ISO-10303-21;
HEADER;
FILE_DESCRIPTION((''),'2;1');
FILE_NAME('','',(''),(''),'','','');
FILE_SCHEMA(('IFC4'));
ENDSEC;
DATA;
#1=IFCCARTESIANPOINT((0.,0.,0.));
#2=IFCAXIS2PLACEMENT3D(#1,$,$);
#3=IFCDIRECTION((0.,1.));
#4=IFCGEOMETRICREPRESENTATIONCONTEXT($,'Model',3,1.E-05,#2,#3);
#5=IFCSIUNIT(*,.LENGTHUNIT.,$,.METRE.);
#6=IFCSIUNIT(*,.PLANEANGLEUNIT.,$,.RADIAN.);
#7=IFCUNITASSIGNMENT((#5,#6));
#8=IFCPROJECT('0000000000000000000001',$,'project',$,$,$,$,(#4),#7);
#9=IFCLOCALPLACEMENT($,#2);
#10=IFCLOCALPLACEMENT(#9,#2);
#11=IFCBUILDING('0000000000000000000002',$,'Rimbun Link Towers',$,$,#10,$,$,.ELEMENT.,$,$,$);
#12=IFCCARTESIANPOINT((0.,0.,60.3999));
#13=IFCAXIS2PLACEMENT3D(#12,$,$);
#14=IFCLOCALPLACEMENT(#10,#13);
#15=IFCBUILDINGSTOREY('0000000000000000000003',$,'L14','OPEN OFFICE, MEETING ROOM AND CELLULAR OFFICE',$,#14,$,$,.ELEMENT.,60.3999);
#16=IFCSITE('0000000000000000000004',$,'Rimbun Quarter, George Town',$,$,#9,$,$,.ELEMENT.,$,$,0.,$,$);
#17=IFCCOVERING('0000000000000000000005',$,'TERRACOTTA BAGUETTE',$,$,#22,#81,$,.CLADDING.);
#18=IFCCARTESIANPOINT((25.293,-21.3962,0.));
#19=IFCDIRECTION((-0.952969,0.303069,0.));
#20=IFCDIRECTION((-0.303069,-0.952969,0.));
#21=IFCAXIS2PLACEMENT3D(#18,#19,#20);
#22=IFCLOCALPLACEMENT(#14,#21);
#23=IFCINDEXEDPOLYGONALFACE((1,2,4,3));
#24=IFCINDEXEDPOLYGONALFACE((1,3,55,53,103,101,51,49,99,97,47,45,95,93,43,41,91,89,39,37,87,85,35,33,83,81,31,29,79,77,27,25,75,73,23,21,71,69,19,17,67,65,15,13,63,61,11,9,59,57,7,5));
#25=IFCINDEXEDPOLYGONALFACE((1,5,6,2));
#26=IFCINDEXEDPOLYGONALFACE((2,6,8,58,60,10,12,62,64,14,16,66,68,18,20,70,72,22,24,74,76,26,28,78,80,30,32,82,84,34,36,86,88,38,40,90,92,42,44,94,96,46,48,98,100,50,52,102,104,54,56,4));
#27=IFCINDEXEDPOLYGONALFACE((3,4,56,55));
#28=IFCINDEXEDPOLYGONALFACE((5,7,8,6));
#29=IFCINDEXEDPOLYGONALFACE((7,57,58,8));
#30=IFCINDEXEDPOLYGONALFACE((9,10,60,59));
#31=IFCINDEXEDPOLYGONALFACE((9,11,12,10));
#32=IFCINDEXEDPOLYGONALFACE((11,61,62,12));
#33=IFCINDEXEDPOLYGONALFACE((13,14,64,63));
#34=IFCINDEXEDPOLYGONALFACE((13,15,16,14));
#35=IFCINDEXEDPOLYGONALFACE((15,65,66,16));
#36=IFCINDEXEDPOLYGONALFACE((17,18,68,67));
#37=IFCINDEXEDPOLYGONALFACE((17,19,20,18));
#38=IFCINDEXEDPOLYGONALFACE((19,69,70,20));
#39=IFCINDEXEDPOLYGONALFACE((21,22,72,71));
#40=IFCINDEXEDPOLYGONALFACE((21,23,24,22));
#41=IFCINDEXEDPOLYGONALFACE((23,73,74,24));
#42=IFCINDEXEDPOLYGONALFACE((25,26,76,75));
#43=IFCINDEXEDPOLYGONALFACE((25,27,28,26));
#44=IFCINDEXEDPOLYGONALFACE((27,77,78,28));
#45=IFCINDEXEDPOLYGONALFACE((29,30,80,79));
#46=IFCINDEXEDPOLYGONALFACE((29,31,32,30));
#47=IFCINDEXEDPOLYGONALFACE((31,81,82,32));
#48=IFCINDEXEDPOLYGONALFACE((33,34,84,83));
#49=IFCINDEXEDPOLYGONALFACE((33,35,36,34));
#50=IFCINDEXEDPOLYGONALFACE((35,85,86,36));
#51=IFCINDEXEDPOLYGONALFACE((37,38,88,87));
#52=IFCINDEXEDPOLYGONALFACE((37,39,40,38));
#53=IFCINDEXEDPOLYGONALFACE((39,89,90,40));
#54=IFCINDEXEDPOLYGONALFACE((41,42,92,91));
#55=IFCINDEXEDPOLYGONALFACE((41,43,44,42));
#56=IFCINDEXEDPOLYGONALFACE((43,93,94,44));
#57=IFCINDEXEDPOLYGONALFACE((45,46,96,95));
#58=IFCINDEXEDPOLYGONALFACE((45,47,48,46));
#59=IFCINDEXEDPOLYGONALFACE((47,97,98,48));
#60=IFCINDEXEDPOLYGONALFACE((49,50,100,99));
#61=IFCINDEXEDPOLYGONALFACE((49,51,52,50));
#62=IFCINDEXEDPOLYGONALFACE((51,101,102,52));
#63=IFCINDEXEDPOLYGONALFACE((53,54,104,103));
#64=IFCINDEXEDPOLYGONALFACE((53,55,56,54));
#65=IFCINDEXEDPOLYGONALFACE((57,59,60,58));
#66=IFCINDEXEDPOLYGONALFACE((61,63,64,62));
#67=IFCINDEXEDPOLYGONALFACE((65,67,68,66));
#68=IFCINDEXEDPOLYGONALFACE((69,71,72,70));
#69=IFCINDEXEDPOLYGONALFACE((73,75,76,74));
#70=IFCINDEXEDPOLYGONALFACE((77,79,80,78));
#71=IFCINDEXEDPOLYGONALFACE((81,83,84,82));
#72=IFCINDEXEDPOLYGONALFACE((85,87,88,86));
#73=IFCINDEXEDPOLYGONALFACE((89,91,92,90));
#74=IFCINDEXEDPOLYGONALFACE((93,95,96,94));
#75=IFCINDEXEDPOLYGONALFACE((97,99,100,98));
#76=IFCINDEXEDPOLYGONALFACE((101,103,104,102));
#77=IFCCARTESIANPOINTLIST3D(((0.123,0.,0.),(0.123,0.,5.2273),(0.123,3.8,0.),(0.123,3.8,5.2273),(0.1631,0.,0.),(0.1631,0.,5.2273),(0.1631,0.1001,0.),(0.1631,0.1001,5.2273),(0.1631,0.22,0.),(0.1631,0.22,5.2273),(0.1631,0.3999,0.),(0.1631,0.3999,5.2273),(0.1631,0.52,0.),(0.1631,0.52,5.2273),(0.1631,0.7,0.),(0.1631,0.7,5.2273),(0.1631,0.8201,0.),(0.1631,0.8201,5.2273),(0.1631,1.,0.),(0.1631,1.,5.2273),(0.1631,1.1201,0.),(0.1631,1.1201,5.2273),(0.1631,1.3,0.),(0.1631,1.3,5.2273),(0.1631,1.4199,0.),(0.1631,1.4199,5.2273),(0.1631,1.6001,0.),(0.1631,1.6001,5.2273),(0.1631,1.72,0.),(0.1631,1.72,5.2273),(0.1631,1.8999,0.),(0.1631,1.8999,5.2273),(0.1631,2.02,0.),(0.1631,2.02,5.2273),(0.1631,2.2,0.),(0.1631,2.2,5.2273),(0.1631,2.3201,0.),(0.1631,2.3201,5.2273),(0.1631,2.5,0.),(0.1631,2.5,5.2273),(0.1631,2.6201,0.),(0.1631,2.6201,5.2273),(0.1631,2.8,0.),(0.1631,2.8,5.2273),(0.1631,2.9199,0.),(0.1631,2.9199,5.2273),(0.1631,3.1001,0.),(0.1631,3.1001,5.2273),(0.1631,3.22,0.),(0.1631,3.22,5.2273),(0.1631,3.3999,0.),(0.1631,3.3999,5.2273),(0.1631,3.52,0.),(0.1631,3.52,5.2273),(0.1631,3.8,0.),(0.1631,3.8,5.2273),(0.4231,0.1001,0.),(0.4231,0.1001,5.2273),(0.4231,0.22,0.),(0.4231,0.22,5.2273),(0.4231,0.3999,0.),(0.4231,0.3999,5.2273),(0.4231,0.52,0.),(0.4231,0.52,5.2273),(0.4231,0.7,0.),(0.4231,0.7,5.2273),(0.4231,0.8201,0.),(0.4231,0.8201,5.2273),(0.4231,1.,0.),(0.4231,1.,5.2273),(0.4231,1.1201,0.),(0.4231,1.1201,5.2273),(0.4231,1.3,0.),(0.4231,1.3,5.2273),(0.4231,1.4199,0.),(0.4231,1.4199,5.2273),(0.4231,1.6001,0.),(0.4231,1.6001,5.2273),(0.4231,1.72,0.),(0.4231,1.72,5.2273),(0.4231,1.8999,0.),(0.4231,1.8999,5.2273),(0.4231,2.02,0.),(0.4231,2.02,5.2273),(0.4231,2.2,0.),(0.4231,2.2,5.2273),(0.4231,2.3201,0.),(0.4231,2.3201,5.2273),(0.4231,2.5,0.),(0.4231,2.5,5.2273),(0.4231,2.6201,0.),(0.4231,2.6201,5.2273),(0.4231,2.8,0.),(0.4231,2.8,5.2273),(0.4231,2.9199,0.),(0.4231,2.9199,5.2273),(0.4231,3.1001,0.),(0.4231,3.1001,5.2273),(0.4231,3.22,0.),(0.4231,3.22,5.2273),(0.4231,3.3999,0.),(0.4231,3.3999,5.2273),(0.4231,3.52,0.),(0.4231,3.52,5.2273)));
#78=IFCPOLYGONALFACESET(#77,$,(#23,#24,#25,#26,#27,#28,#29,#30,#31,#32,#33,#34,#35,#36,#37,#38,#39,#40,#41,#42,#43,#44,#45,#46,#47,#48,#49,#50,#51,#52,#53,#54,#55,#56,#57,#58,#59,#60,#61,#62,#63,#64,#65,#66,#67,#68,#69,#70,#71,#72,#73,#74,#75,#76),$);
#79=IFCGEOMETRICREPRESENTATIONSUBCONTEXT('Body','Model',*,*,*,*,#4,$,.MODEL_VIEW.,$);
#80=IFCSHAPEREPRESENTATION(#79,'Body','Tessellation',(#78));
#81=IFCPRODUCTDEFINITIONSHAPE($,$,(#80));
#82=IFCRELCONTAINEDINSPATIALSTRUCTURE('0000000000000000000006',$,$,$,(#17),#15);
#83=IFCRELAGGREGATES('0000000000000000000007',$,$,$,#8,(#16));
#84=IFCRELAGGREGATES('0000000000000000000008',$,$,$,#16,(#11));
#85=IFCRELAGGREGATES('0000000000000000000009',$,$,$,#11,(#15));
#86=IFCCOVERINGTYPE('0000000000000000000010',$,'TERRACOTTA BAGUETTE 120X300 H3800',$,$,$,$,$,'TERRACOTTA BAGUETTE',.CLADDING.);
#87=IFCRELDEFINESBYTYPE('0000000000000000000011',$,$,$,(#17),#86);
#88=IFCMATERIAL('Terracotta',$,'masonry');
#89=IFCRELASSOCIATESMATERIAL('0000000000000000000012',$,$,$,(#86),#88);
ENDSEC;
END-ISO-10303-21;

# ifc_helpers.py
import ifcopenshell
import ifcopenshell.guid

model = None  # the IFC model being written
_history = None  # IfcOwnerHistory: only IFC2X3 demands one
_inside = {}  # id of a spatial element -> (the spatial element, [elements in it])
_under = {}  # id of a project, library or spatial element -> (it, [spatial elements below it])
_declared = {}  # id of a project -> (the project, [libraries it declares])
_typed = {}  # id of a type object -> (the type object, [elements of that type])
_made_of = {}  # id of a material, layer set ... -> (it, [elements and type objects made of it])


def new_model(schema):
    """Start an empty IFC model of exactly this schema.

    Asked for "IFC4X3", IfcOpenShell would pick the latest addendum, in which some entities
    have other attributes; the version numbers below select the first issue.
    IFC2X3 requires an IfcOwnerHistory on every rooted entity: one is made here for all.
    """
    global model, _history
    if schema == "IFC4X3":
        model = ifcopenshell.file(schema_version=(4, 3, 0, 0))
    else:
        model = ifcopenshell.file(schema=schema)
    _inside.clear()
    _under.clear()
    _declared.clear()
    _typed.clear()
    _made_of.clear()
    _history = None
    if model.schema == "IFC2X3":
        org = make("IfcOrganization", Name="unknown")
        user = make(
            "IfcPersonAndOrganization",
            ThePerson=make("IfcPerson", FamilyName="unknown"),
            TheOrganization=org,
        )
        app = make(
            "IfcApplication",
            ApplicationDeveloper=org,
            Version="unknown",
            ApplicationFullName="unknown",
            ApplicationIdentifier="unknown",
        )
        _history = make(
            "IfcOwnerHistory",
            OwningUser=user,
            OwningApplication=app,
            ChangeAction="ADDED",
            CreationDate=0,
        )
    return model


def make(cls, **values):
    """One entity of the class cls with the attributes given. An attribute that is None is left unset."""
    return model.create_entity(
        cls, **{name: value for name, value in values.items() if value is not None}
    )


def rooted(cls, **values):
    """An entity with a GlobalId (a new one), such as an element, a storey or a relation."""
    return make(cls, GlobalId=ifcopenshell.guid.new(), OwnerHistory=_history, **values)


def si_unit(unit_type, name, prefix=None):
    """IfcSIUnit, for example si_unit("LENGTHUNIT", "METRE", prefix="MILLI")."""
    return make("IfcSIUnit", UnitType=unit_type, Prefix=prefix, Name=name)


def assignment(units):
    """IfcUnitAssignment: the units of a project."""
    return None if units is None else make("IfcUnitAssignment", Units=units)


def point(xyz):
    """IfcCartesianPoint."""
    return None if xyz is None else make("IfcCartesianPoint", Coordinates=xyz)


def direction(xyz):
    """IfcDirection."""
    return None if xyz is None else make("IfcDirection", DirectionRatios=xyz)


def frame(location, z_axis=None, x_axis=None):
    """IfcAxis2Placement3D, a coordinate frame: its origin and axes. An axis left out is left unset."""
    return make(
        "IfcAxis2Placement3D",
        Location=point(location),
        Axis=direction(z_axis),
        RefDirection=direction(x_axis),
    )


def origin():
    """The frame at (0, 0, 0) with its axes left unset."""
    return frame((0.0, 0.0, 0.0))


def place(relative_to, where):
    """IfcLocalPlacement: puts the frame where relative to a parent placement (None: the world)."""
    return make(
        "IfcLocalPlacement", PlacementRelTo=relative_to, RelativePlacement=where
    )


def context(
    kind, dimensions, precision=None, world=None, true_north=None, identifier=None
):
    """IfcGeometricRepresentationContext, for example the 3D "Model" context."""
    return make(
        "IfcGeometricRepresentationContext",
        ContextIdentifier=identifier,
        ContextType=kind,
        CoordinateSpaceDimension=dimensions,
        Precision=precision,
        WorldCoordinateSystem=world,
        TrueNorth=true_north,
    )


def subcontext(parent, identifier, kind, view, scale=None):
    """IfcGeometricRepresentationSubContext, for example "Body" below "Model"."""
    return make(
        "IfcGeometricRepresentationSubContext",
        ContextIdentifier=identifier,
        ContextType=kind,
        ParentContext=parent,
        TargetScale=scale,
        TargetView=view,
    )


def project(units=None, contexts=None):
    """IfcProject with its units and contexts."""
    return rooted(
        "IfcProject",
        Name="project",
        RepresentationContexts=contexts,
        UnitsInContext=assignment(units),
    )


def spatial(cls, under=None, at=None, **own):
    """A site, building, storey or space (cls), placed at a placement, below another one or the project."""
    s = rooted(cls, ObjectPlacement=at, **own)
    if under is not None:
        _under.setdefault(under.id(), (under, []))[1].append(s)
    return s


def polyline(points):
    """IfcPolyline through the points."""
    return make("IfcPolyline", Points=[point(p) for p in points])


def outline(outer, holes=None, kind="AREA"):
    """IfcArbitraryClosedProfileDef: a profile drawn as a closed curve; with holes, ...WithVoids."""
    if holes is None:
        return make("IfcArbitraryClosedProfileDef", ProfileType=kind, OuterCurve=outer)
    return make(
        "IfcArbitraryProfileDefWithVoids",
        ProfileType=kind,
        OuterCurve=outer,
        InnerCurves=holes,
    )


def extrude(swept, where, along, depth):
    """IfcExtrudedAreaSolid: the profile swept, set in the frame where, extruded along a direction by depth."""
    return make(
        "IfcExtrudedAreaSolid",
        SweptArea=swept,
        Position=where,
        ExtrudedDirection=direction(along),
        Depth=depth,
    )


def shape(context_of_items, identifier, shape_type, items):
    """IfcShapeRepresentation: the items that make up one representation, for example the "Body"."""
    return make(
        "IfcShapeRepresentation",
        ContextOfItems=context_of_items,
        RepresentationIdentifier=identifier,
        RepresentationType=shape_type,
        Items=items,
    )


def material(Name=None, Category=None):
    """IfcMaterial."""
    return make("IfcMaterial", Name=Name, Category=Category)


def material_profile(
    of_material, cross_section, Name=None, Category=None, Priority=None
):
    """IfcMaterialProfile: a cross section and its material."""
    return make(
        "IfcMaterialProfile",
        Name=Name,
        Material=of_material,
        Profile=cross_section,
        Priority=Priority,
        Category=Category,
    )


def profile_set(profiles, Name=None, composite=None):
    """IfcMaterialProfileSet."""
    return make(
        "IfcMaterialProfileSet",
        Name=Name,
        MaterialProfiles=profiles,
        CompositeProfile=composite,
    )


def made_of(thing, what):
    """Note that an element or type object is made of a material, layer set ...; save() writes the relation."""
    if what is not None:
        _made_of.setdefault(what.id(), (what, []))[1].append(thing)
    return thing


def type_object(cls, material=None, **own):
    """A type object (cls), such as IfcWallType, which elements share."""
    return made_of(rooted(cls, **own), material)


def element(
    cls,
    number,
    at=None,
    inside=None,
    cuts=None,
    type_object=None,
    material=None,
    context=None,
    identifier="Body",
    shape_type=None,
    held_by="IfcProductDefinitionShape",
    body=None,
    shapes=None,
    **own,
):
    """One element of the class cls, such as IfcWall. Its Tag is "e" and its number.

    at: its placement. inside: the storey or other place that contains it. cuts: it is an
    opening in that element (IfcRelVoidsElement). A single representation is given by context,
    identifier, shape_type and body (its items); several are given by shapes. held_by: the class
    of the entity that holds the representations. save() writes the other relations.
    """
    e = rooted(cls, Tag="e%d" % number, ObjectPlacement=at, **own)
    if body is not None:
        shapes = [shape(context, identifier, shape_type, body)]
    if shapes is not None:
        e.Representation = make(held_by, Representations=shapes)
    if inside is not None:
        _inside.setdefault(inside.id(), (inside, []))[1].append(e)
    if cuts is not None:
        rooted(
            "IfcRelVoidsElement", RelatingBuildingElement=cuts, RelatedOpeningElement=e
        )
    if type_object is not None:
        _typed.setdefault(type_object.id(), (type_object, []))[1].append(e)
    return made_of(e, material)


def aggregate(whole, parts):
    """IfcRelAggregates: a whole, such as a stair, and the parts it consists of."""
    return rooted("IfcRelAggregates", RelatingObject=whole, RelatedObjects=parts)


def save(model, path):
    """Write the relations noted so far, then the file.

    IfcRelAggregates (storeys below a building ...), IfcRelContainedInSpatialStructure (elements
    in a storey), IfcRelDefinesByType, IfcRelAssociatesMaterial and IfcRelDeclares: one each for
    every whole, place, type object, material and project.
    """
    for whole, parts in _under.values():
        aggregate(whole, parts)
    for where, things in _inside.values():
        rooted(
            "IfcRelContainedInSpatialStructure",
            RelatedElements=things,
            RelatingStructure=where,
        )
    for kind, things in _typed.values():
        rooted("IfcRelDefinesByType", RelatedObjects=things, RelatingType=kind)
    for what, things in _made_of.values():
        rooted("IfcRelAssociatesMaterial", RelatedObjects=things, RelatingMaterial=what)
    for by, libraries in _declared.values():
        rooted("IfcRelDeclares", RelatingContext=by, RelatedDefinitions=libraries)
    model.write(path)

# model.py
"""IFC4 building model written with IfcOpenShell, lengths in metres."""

from ifc_helpers import new_model, si_unit, direction, frame, origin, place, context, subcontext, project, spatial, polyline, outline, extrude, material, material_profile, profile_set, type_object, element, save


model = new_model("IFC4")

# Units and contexts
model_context = context("Model", 3, precision=1e-05, world=origin(), true_north=direction((0.0, 1.0)))
body_context = subcontext(model_context, "Body", "Model", "MODEL_VIEW")
ifc_project = project(units=[si_unit("LENGTHUNIT", "METRE"), si_unit("PLANEANGLEUNIT", "RADIAN")], contexts=[model_context])

# Site, building, storey
site_placement = place(None, origin())
site = spatial("IfcSite", under=ifc_project, at=site_placement, Name="Rimbun Quarter, George Town", CompositionType="ELEMENT", RefElevation=0.0)
building_placement = place(site_placement, origin())
building = spatial("IfcBuilding", under=site, at=building_placement, Name="Rimbun Link Towers", CompositionType="ELEMENT")
storey_placement = place(building_placement, frame((0.0, 0.0, 60.3999)))
storey = spatial("IfcBuildingStorey", under=building, at=storey_placement, Name="L14", Description="OPEN OFFICE, MEETING ROOM AND CELLULAR OFFICE", CompositionType="ELEMENT", Elevation=60.3999)

# Covering
ifc_material_1 = material(Name="Terracotta", Category="masonry")
ifc_material_profile_1 = material_profile(ifc_material_1, outline(polyline([(0.123, 0.0), (0.1631, 0.0), (0.1631, 0.1001), (0.4231, 0.1001), (0.4231, 0.22), (0.1631, 0.22), (0.1631, 0.3999), (0.4231, 0.3999), (0.4231, 0.52), (0.1631, 0.52), (0.1631, 0.7), (0.4231, 0.7), (0.4231, 0.8201), (0.1631, 0.8201), (0.1631, 1.0), (0.4231, 1.0), (0.4231, 1.1201), (0.1631, 1.1201), (0.1631, 1.3), (0.4231, 1.3), (0.4231, 1.4199), (0.1631, 1.4199), (0.1631, 1.6001), (0.4231, 1.6001), (0.4231, 1.72), (0.1631, 1.72), (0.1631, 1.8999), (0.4231, 1.8999), (0.4231, 2.02), (0.1631, 2.02), (0.1631, 2.2), (0.4231, 2.2), (0.4231, 2.3201), (0.1631, 2.3201), (0.1631, 2.5), (0.4231, 2.5), (0.4231, 2.6201), (0.1631, 2.6201), (0.1631, 2.8), (0.4231, 2.8), (0.4231, 2.9199), (0.1631, 2.9199), (0.1631, 3.1001), (0.4231, 3.1001), (0.4231, 3.22), (0.1631, 3.22), (0.1631, 3.3999), (0.4231, 3.3999), (0.4231, 3.52), (0.1631, 3.52), (0.1631, 3.8), (0.123, 3.8), (0.123, 0.0)])), Name="BAGUETTE 120X300")
ifc_profile_set_1 = profile_set([ifc_material_profile_1], Name="Terracotta")
covering_type = type_object("IfcCoveringType", Name="TERRACOTTA BAGUETTE 120X300 H3800", ElementType="TERRACOTTA BAGUETTE", PredefinedType="CLADDING", material=ifc_profile_set_1)
covering_1_placement = place(storey_placement, frame((25.293, -21.3962, 0.0), z_axis=(-0.952969, 0.303069, 0.0), x_axis=(-0.303069, -0.952969, 0.0)))
element("IfcCovering", 1, at=covering_1_placement, inside=storey, type_object=covering_type, Name="TERRACOTTA BAGUETTE", PredefinedType="CLADDING", context=body_context, shape_type="SweptSolid", body=[
    extrude(outline(polyline([(0.123, 0.0), (0.1631, 0.0), (0.1631, 0.1001), (0.4231, 0.1001), (0.4231, 0.22), (0.1631, 0.22), (0.1631, 0.3999), (0.4231, 0.3999), (0.4231, 0.52), (0.1631, 0.52), (0.1631, 0.7), (0.4231, 0.7), (0.4231, 0.8201), (0.1631, 0.8201), (0.1631, 1.0), (0.4231, 1.0), (0.4231, 1.1201), (0.1631, 1.1201), (0.1631, 1.3), (0.4231, 1.3), (0.4231, 1.4199), (0.1631, 1.4199), (0.1631, 1.6001), (0.4231, 1.6001), (0.4231, 1.72), (0.1631, 1.72), (0.1631, 1.8999), (0.4231, 1.8999), (0.4231, 2.02), (0.1631, 2.02), (0.1631, 2.2), (0.4231, 2.2), (0.4231, 2.3201), (0.1631, 2.3201), (0.1631, 2.5), (0.4231, 2.5), (0.4231, 2.6201), (0.1631, 2.6201), (0.1631, 2.8), (0.4231, 2.8), (0.4231, 2.9199), (0.1631, 2.9199), (0.1631, 3.1001), (0.4231, 3.1001), (0.4231, 3.22), (0.1631, 3.22), (0.1631, 3.3999), (0.4231, 3.3999), (0.4231, 3.52), (0.1631, 3.52), (0.1631, 3.8), (0.123, 3.8), (0.123, 0.0)])), origin(), (0.0, 0.0, 1.0), 5.2273),
])

save(model, "model.ifc")
